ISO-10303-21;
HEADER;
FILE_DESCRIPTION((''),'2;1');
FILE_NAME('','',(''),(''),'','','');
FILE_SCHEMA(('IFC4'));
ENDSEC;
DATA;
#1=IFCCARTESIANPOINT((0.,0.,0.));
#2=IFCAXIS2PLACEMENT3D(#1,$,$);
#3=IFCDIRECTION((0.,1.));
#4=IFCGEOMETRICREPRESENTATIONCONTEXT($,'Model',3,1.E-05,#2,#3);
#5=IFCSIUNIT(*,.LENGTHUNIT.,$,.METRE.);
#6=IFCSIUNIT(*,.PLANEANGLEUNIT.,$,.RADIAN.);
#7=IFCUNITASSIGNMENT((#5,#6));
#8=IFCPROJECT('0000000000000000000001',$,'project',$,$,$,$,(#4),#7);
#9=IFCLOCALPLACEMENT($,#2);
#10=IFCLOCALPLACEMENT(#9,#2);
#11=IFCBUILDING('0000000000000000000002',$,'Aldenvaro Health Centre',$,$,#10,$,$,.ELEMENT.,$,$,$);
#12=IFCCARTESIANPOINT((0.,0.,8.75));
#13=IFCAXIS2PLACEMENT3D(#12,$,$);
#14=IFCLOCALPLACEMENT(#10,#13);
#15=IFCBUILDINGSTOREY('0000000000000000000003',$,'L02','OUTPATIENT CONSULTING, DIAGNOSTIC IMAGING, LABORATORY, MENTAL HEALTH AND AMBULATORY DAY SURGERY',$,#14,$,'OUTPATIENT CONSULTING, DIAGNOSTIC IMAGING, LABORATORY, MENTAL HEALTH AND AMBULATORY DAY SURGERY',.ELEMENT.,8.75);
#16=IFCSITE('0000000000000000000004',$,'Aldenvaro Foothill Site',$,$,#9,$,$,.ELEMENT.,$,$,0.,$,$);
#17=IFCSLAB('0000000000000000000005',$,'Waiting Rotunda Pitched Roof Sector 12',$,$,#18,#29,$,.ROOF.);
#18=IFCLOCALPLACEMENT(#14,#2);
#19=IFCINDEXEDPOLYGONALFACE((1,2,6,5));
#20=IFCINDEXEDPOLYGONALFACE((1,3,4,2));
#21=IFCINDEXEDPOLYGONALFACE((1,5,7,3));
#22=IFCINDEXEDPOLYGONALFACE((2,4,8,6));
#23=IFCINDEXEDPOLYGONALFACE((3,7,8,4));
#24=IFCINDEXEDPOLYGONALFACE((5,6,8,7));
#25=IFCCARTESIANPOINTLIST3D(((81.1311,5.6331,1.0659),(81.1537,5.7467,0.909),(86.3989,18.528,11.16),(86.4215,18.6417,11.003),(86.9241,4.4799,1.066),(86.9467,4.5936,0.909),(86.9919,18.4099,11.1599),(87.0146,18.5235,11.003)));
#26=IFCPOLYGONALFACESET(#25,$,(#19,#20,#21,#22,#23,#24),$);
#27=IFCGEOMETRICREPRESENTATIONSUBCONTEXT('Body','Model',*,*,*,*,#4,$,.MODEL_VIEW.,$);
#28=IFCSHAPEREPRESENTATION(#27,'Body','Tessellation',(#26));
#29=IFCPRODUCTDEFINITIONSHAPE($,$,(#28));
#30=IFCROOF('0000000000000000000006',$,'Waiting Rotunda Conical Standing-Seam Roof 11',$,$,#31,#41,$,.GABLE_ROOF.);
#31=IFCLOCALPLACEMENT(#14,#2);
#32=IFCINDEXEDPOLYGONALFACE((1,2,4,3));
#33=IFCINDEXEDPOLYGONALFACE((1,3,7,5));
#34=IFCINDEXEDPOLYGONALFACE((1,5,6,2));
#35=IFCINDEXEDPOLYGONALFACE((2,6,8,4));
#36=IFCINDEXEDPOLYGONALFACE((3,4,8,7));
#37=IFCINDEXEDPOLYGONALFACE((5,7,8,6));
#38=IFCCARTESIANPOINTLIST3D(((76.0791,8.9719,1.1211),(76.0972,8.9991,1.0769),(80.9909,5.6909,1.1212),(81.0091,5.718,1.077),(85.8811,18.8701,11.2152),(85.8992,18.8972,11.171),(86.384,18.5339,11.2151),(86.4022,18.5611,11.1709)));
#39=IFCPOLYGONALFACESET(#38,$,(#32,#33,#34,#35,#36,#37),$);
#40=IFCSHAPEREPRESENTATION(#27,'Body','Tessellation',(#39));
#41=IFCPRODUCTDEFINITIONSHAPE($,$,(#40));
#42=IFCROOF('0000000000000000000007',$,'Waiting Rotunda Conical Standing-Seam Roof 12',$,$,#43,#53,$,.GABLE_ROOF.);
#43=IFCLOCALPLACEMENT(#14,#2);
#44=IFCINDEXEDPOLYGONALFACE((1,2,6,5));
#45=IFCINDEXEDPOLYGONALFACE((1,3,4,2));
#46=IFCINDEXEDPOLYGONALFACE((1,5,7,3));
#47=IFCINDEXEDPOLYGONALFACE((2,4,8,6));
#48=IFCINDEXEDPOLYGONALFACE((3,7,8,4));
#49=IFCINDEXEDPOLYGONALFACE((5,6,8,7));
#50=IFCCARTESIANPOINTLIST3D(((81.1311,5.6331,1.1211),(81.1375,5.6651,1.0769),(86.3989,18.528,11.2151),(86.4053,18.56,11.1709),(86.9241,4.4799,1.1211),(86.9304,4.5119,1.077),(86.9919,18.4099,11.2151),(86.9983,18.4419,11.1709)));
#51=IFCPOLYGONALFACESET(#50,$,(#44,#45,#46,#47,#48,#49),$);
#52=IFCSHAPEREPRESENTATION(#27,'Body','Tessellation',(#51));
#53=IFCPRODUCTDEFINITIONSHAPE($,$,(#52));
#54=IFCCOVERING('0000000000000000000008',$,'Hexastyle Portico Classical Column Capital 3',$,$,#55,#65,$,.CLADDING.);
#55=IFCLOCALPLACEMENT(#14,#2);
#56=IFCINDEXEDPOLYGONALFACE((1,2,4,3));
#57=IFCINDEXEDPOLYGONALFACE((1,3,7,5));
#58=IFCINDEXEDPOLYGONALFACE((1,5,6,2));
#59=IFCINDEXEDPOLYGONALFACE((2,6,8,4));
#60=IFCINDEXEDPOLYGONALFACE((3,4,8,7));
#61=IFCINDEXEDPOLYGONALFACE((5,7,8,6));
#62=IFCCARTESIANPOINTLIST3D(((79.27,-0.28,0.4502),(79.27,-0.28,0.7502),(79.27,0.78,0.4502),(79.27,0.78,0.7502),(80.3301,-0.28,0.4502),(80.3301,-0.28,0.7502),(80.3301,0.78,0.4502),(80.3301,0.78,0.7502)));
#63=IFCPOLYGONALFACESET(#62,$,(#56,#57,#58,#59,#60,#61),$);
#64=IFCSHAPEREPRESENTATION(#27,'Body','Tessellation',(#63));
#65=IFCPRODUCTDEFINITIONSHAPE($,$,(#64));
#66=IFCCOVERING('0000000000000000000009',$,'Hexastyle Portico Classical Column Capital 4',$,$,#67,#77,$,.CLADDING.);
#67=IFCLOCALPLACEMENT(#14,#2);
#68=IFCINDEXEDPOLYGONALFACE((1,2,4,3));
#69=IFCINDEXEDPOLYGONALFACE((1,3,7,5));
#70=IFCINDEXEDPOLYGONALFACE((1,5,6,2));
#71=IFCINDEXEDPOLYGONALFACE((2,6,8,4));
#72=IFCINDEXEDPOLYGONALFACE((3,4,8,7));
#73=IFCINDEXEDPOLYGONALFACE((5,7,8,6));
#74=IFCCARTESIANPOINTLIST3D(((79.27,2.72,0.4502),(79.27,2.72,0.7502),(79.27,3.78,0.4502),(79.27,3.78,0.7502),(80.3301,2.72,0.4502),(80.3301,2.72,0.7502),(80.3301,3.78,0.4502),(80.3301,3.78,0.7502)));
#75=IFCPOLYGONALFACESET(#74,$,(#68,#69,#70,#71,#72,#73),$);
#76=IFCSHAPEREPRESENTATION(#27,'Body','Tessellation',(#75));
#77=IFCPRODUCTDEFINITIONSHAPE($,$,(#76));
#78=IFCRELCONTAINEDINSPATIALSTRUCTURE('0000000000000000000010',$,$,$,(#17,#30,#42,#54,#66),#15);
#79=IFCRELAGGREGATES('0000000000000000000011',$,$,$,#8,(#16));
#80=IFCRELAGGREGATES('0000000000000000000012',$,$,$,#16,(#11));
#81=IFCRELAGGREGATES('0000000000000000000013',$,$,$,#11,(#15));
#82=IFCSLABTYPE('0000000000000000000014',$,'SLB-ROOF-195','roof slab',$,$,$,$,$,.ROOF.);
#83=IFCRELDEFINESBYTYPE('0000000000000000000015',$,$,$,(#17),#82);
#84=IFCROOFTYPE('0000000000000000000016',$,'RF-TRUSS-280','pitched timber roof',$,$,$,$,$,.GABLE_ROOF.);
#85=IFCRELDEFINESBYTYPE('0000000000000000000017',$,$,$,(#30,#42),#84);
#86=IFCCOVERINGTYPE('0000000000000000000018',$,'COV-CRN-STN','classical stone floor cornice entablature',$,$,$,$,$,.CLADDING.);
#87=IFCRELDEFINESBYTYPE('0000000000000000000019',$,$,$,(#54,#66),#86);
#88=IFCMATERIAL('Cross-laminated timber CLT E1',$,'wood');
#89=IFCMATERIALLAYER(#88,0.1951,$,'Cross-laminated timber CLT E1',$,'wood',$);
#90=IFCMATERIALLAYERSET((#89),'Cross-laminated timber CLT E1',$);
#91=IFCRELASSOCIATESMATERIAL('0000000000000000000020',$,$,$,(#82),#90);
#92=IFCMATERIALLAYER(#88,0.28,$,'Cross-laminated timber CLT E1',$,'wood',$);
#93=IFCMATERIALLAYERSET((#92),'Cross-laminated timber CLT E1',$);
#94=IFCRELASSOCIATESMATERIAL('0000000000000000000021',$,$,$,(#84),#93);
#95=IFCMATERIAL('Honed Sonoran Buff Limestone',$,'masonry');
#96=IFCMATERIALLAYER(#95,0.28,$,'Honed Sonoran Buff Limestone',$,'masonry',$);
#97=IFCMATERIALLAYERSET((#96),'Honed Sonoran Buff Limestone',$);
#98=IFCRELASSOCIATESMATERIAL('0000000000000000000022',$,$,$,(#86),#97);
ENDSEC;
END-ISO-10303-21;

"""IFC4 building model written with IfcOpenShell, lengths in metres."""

from ifc_helpers import new_model, si_unit, direction, frame, origin, origin_2d, place, context, subcontext, project, spatial, polyline, rectangle, outline, extrude, material, layer, layer_set, type_object, element, save


model = new_model("IFC4")

# Units and contexts
model_context = context("Model", 3, precision=1e-05, world=origin(), true_north=direction((0.0, 1.0)))
body_context = subcontext(model_context, "Body", "Model", "MODEL_VIEW")
ifc_project = project(units=[si_unit("LENGTHUNIT", "METRE"), si_unit("PLANEANGLEUNIT", "RADIAN")], contexts=[model_context])

# Site, building, storey
site_placement = place(None, origin())
site = spatial("IfcSite", under=ifc_project, at=site_placement, Name="Aldenvaro Foothill Site", CompositionType="ELEMENT", RefElevation=0.0)
building_placement = place(site_placement, origin())
building = spatial("IfcBuilding", under=site, at=building_placement, Name="Aldenvaro Health Centre", CompositionType="ELEMENT")
storey_placement = place(building_placement, frame((0.0, 0.0, 8.75)))
storey = spatial("IfcBuildingStorey", under=building, at=storey_placement, Name="L02", Description="OUTPATIENT CONSULTING, DIAGNOSTIC IMAGING, LABORATORY, MENTAL HEALTH AND AMBULATORY DAY SURGERY", LongName="OUTPATIENT CONSULTING, DIAGNOSTIC IMAGING, LABORATORY, MENTAL HEALTH AND AMBULATORY DAY SURGERY", CompositionType="ELEMENT", Elevation=8.75)

# Slab
ifc_material_1 = material(Name="Cross-laminated timber CLT E1", Category="wood")
ifc_layer_1 = layer(ifc_material_1, 0.1951, Name="Cross-laminated timber CLT E1", Category="wood")
ifc_layer_set_1 = layer_set([ifc_layer_1], Name="Cross-laminated timber CLT E1")
slab_type = type_object("IfcSlabType", Name="SLB-ROOF-195", Description="roof slab", PredefinedType="ROOF", material=ifc_layer_set_1)
slab_placement = place(storey_placement, frame((81.1311, 5.6331, 1.0659), z_axis=(-0.115944, -0.582438, 0.804564), x_axis=(0.980759, -0.195224, 0.000009)))
element("IfcSlab", 1, at=slab_placement, inside=storey, type_object=slab_type, Name="Waiting Rotunda Pitched Roof Sector 12", PredefinedType="ROOF", context=body_context, shape_type="SweptSolid", body=[
    extrude(outline(polyline([(0.0, 0.0), (5.9066, 0.0), (3.2538, 16.997), (2.6491, 16.9971), (0.0, 0.0)])), origin(), (0.0, 0.0, -1.0), 0.1951),
])

# Roofs
ifc_layer_2 = layer(ifc_material_1, 0.28, Name="Cross-laminated timber CLT E1", Category="wood")
ifc_layer_set_2 = layer_set([ifc_layer_2], Name="Cross-laminated timber CLT E1")
roof_type = type_object("IfcRoofType", Name="RF-TRUSS-280", Description="pitched timber roof", PredefinedType="GABLE_ROOF", material=ifc_layer_set_2)
roof_1_placement = place(storey_placement, frame((76.0791, 8.9719, 1.1211), z_axis=(-0.329879, -0.493817, 0.804565), x_axis=(0.831542, -0.555462, 0.000014)))
element("IfcRoof", 2, at=roof_1_placement, inside=storey, type_object=roof_type, Name="Waiting Rotunda Conical Standing-Seam Roof 11", PredefinedType="GABLE_ROOF", context=body_context, shape_type="SweptSolid", body=[
    extrude(outline(polyline([(0.0, 0.0), (5.9069, 0.0), (3.2578, 16.997), (2.6528, 16.9972), (0.0, 0.0)])), origin(), (0.0, 0.0, -1.0), 0.0549),
])
roof_2_placement = place(storey_placement, frame((81.1311, 5.6331, 1.1211), z_axis=(-0.115944, -0.582438, 0.804564), x_axis=(0.980759, -0.195224, 0.000009)))
element("IfcRoof", 3, at=roof_2_placement, inside=storey, type_object=roof_type, Name="Waiting Rotunda Conical Standing-Seam Roof 12", PredefinedType="GABLE_ROOF", context=body_context, shape_type="SweptSolid", body=[
    extrude(outline(polyline([(0.0, 0.0), (5.9066, 0.0), (3.2538, 16.997), (2.6491, 16.9971), (0.0, 0.0)])), origin(), (0.0, 0.0, -1.0), 0.0549),
])

# Coverings
ifc_material_2 = material(Name="Honed Sonoran Buff Limestone", Category="masonry")
ifc_layer_3 = layer(ifc_material_2, 0.28, Name="Honed Sonoran Buff Limestone", Category="masonry")
ifc_layer_set_3 = layer_set([ifc_layer_3], Name="Honed Sonoran Buff Limestone")
covering_type = type_object("IfcCoveringType", Name="COV-CRN-STN", Description="classical stone floor cornice entablature", PredefinedType="CLADDING", material=ifc_layer_set_3)
for number, where, z_axis, x_axis, name in (
    (4, (79.8, 0.25, 0.4502), (0.0, 0.0, 1.0), (1.0, 0.0, 0.0), "Hexastyle Portico Classical Column Capital 3"),
    (5, (79.8, 3.25, 0.4502), (0.0, 0.0, 1.0), (1.0, 0.0, 0.0), "Hexastyle Portico Classical Column Capital 4"),
):
    element("IfcCovering", number, at=place(storey_placement, frame(where, z_axis=z_axis, x_axis=x_axis)), inside=storey, type_object=covering_type, Name=name, PredefinedType="CLADDING", context=body_context, shape_type="SweptSolid", body=[
        extrude(rectangle(XDim=1.0601, YDim=1.0601, at=origin_2d()), origin(), (0.0, 0.0, 1.0), 0.3),
    ])

save(model, "model.ifc")
